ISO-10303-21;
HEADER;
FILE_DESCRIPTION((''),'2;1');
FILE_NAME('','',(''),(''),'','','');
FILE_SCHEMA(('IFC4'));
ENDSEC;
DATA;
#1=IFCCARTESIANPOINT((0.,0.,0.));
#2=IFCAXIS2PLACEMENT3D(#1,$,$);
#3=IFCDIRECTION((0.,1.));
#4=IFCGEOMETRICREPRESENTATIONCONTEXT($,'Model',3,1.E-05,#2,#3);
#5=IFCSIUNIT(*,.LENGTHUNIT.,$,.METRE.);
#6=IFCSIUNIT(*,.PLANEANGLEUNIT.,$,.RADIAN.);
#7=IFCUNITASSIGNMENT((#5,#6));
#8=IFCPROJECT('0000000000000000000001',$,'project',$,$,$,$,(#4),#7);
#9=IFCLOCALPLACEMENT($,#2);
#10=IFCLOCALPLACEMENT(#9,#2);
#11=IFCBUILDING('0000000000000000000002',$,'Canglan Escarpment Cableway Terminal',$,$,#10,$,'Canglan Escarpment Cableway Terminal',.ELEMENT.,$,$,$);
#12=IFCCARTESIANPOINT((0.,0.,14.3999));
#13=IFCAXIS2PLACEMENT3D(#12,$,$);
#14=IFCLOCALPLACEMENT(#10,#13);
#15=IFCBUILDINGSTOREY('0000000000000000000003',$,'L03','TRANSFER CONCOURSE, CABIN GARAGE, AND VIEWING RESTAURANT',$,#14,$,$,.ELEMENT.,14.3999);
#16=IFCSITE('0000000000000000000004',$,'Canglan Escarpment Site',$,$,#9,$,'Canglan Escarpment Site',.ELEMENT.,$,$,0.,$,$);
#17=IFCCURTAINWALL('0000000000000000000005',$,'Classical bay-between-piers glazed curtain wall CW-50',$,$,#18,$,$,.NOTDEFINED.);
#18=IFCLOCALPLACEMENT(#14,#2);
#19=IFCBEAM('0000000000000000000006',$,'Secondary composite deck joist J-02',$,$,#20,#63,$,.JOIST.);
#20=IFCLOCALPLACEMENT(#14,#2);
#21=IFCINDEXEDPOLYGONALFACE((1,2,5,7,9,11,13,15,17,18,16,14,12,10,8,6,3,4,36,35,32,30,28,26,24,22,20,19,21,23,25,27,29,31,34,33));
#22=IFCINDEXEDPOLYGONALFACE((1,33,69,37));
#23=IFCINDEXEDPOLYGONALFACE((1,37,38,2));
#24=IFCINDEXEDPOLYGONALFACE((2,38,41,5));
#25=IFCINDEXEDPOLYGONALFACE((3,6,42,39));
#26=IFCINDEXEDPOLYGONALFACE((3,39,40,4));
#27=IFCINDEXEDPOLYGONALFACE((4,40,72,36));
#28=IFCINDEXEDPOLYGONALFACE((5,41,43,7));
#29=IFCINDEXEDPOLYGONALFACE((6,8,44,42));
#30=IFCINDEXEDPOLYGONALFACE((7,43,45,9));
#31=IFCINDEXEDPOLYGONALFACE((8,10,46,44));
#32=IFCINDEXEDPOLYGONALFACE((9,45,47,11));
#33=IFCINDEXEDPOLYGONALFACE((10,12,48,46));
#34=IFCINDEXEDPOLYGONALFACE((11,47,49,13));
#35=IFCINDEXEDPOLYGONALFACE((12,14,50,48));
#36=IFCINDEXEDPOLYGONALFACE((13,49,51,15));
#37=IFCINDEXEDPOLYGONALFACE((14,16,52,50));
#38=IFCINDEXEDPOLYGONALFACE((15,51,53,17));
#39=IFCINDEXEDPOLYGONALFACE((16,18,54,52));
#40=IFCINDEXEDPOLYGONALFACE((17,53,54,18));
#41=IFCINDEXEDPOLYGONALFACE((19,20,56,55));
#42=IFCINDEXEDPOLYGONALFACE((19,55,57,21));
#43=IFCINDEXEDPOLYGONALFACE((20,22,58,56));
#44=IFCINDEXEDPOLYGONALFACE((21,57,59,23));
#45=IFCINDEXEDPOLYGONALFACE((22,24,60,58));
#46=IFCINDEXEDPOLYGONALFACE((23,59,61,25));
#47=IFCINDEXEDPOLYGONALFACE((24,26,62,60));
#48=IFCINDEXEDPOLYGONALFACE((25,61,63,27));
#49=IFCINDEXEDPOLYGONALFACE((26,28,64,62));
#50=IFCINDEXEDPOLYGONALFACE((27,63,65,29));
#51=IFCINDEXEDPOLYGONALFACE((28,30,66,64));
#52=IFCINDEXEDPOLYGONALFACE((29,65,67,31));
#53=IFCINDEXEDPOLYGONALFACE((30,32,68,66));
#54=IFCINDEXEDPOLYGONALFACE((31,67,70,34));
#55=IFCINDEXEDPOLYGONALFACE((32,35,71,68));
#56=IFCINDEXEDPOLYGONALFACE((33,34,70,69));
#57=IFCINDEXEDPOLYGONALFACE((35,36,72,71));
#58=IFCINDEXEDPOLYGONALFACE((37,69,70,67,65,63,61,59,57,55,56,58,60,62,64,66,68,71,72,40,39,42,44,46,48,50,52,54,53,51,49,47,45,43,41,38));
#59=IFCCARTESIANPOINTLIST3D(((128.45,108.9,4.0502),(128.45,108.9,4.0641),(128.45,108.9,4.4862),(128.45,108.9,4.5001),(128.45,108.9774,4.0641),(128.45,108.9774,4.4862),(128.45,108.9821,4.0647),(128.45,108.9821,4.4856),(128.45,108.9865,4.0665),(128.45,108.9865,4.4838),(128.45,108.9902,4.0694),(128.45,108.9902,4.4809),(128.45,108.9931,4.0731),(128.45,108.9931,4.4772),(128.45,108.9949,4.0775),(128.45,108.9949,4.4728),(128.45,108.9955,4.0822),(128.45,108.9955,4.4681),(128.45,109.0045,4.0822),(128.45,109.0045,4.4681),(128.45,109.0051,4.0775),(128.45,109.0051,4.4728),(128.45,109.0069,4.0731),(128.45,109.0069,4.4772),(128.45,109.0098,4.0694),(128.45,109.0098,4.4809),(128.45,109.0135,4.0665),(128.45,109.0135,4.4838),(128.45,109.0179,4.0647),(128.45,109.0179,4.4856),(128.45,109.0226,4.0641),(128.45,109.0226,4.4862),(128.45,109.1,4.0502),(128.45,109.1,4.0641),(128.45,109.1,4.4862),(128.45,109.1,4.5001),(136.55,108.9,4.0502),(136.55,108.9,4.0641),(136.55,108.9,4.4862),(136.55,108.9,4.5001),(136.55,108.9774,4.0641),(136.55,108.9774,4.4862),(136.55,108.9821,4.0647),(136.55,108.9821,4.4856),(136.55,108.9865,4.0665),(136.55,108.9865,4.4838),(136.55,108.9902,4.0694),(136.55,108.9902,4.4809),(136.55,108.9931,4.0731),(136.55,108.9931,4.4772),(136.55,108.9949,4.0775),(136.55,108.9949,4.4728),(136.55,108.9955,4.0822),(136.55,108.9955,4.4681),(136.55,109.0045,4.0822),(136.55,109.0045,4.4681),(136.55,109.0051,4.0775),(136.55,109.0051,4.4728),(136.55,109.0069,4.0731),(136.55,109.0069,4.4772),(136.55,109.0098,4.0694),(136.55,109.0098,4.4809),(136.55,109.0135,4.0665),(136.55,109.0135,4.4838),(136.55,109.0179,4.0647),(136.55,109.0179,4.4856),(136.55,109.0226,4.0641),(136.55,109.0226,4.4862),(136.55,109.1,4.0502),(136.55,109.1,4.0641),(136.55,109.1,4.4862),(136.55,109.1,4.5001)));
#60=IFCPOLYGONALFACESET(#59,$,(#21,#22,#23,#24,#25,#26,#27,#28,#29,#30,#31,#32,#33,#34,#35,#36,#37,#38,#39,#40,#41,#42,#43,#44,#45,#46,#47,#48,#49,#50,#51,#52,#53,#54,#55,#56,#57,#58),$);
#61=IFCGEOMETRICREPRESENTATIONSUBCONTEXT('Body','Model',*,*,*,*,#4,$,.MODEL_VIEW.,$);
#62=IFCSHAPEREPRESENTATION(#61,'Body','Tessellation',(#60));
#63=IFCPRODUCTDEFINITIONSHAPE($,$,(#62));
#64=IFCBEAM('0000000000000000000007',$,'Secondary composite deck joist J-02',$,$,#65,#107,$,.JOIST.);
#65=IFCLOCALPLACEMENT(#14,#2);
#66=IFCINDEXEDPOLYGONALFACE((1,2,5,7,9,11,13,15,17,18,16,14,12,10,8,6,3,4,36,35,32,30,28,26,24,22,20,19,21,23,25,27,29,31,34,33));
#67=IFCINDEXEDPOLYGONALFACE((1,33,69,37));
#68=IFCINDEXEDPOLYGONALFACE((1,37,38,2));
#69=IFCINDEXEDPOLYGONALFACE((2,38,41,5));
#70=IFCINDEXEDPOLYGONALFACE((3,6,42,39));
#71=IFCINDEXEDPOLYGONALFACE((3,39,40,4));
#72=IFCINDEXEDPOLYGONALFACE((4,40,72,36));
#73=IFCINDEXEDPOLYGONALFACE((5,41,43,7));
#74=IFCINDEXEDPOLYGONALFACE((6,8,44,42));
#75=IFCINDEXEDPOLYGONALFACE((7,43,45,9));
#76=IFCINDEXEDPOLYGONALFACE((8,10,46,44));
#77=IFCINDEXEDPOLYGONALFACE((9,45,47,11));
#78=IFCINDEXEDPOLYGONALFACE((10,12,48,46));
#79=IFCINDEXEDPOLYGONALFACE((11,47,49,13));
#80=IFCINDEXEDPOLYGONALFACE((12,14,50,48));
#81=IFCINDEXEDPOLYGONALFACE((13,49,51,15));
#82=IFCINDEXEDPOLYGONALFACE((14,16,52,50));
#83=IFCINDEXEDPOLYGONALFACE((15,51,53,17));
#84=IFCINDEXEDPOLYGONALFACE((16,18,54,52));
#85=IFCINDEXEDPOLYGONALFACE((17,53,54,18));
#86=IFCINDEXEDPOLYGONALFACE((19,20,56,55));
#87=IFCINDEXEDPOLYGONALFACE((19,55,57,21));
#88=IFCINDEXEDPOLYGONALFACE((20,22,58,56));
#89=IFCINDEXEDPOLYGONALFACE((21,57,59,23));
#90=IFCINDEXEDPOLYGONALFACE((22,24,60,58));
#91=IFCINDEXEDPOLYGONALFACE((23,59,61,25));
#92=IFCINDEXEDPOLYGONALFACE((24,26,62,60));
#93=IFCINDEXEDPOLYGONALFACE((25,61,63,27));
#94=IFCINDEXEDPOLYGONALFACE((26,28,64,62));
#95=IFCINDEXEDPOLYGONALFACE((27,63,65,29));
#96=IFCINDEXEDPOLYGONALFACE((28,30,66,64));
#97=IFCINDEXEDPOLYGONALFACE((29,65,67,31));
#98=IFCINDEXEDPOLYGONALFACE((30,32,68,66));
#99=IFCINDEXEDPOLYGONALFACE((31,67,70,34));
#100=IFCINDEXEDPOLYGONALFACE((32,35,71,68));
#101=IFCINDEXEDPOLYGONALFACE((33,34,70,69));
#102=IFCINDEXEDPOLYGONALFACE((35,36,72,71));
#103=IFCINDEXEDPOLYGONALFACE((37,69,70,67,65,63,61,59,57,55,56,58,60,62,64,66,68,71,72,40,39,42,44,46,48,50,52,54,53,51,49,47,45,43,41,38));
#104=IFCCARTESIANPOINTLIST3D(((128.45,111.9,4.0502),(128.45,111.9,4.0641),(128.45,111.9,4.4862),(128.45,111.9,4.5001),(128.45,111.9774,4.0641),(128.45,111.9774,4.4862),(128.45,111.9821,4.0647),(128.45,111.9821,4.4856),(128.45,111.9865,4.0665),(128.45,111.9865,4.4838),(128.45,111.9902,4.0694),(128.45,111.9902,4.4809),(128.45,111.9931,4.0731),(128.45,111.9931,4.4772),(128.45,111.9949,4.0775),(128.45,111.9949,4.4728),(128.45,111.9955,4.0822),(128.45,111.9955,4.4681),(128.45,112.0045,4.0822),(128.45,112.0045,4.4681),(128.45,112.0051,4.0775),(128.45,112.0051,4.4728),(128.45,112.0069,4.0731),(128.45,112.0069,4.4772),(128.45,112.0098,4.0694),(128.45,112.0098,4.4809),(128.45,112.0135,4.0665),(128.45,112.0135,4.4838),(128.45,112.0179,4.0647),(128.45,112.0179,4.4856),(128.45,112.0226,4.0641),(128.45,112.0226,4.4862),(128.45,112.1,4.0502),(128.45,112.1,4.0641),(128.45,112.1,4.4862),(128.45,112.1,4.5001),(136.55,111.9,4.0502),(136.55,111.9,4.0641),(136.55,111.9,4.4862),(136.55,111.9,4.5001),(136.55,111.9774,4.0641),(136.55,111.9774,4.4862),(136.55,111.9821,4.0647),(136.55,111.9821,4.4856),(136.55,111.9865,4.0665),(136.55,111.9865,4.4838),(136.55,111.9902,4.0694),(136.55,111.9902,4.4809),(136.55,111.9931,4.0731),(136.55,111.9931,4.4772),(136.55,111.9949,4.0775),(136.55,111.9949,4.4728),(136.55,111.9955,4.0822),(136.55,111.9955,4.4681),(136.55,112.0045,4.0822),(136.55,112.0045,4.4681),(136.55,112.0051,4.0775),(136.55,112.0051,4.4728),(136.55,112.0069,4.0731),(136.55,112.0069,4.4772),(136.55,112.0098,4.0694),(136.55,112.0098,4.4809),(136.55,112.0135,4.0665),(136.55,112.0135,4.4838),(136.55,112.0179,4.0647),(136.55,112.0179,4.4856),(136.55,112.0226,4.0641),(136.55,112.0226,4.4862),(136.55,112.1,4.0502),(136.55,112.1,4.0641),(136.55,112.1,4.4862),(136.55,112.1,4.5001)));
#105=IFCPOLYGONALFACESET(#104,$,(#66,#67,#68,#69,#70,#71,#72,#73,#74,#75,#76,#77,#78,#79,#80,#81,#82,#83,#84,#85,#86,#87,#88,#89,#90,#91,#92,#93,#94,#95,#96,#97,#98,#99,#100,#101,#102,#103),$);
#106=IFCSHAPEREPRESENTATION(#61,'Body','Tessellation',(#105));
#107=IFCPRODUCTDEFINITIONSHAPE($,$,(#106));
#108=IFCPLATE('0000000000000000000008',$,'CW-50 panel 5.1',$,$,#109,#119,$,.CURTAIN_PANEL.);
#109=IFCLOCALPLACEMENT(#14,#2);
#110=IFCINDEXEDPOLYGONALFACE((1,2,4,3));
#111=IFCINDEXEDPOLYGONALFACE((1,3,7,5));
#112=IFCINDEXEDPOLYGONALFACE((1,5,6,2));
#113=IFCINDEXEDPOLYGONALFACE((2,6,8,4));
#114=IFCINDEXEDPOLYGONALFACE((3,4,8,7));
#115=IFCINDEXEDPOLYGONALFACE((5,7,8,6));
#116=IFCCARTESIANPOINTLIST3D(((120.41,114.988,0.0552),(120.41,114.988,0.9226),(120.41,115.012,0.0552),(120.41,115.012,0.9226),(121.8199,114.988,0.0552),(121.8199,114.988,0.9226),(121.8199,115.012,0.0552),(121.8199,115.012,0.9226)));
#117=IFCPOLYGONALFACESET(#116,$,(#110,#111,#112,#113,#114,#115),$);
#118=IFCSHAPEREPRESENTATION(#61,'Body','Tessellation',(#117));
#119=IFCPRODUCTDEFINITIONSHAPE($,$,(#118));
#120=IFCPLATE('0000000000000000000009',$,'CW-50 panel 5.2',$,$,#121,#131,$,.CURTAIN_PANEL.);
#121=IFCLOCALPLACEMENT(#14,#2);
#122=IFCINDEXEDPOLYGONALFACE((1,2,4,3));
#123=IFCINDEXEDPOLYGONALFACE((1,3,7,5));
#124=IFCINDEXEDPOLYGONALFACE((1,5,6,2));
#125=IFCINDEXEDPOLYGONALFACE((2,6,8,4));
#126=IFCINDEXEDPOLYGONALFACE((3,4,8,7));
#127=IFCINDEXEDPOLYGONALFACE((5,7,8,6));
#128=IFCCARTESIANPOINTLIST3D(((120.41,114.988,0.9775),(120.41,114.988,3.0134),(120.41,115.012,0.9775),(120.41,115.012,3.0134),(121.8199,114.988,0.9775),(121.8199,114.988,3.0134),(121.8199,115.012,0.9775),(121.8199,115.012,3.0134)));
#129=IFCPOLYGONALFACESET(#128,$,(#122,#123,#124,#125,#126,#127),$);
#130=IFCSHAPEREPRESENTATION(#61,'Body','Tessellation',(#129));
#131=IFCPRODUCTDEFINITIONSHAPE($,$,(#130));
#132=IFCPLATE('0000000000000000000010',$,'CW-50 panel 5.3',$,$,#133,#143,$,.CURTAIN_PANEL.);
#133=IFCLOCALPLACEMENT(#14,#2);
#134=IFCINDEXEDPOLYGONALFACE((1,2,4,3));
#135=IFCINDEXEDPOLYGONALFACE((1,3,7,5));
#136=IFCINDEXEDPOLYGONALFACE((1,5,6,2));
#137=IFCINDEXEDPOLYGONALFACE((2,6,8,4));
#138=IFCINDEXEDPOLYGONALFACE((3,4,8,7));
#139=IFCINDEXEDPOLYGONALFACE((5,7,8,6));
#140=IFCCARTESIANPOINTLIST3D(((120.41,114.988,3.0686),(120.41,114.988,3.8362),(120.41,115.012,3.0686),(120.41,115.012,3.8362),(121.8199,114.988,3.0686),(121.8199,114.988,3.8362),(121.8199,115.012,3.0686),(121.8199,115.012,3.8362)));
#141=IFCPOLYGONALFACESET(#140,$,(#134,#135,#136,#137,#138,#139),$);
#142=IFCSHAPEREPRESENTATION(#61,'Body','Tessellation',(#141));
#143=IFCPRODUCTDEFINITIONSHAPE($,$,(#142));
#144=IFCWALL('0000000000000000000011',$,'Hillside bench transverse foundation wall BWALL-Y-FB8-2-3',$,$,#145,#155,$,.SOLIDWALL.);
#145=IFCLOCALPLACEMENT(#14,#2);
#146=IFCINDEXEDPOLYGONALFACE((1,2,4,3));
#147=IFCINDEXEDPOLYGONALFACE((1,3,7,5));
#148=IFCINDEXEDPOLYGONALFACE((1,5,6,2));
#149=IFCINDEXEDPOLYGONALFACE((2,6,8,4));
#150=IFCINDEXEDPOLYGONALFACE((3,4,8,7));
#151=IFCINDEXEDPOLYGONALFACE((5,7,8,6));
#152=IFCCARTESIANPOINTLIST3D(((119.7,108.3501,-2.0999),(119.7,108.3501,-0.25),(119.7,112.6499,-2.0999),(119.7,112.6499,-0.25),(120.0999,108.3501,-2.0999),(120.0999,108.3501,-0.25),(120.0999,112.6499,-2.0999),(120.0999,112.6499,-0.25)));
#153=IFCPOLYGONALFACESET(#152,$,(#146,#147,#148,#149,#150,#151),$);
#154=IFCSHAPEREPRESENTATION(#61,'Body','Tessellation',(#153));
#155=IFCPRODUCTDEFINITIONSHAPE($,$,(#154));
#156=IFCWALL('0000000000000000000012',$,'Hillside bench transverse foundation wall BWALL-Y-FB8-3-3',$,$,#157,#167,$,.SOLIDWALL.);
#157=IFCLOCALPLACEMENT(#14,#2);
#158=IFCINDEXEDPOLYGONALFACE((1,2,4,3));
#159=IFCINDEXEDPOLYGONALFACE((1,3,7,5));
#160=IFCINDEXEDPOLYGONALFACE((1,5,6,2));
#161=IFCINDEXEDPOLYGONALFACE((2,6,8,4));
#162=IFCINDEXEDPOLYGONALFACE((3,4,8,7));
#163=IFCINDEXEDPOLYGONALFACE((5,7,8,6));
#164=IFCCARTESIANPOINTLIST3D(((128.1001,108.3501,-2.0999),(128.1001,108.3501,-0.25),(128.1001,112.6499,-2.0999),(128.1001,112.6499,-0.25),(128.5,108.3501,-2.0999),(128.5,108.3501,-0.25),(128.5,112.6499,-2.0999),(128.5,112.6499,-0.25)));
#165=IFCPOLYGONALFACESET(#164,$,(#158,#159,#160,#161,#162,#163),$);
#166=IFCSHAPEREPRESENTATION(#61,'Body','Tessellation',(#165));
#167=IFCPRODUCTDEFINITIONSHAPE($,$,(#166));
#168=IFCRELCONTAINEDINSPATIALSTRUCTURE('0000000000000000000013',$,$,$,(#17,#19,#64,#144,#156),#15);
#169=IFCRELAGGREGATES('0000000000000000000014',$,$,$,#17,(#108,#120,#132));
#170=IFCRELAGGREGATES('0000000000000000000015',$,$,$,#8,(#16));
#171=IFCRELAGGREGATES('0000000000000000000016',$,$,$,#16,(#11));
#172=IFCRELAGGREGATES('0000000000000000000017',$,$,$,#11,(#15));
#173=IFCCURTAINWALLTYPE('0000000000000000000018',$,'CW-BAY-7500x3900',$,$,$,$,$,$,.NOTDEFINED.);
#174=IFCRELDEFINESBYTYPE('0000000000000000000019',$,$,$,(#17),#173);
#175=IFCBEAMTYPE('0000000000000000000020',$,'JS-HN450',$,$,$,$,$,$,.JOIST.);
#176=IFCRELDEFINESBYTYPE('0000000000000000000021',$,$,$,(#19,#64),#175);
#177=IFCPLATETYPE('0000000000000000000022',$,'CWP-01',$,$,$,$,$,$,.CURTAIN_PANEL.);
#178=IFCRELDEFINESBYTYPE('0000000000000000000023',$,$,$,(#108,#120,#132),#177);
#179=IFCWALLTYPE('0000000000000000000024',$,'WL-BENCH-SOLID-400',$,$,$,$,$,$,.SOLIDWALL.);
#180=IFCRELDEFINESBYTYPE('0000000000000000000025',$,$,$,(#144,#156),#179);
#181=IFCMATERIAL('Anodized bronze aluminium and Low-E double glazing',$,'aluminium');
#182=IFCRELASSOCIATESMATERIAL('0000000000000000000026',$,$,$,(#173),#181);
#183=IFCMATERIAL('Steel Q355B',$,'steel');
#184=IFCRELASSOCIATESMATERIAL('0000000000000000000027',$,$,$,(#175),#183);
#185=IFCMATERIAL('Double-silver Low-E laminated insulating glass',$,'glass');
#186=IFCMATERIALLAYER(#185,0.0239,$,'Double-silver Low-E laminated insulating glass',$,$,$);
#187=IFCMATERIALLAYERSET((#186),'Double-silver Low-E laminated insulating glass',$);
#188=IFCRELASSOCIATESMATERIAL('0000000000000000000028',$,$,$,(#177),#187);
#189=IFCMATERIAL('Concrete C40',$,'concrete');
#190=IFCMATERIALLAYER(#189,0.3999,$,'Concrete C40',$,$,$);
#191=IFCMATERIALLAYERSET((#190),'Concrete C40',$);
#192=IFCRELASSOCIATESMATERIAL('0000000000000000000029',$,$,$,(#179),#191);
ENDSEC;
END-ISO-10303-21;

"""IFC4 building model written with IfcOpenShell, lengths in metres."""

from ifc_helpers import new_model, si_unit, direction, frame, frame_2d, origin, origin_2d, place, context, subcontext, project, spatial, rectangle, i_section, extrude, material, layer, layer_set, material_profile, profile_set, type_object, element, aggregate, save


model = new_model("IFC4")

# Units and contexts
model_context = context("Model", 3, precision=1e-05, world=origin(), true_north=direction((0.0, 1.0)))
body_context = subcontext(model_context, "Body", "Model", "MODEL_VIEW")
ifc_project = project(units=[si_unit("LENGTHUNIT", "METRE"), si_unit("PLANEANGLEUNIT", "RADIAN")], contexts=[model_context])

# Site, building, storey
site_placement = place(None, origin())
site = spatial("IfcSite", under=ifc_project, at=site_placement, Name="Canglan Escarpment Site", LongName="Canglan Escarpment Site", CompositionType="ELEMENT", RefElevation=0.0)
building_placement = place(site_placement, origin())
building = spatial("IfcBuilding", under=site, at=building_placement, Name="Canglan Escarpment Cableway Terminal", LongName="Canglan Escarpment Cableway Terminal", CompositionType="ELEMENT")
storey_placement = place(building_placement, frame((0.0, 0.0, 14.3999)))
storey = spatial("IfcBuildingStorey", under=building, at=storey_placement, Name="L03", Description="TRANSFER CONCOURSE, CABIN GARAGE, AND VIEWING RESTAURANT", CompositionType="ELEMENT", Elevation=14.3999)

# Shared definitions
ifc_material_1 = material(Name="Concrete C40", Category="concrete")

# Shared definitions
ifc_material_2 = material(Name="Steel Q355B", Category="steel")

# Curtain wall
ifc_material_3 = material(Name="Anodized bronze aluminium and Low-E double glazing", Category="aluminium")
curtain_wall_type_1 = type_object("IfcCurtainWallType", Name="CW-BAY-7500x3900", PredefinedType="NOTDEFINED", material=ifc_material_3)
curtain_wall_1_placement = place(storey_placement, origin())
curtain_wall_1 = element("IfcCurtainWall", 1, at=curtain_wall_1_placement, inside=storey, type_object=curtain_wall_type_1, Name="Classical bay-between-piers glazed curtain wall CW-50", PredefinedType="NOTDEFINED")

# Beams
ifc_material_profile_1 = material_profile(ifc_material_2, i_section(OverallWidth=0.2, OverallDepth=0.45, WebThickness=0.009, FlangeThickness=0.0139, FilletRadius=0.0181, at=origin_2d()), Name="HN 450x200x9x14")
ifc_profile_set_1 = profile_set([ifc_material_profile_1], Name="Steel Q355B")
beam_type_1 = type_object("IfcBeamType", Name="JS-HN450", PredefinedType="JOIST", material=ifc_profile_set_1)
for number, where, z_axis, x_axis, name in (
    (2, (128.45, 109.0, 4.2751), (1.0, 0.0, 0.0), (0.0, 1.0, 0.0), "Secondary composite deck joist J-02"),
    (3, (128.45, 112.0, 4.2751), (1.0, 0.0, 0.0), (0.0, 1.0, 0.0), "Secondary composite deck joist J-02"),
):
    element("IfcBeam", number, at=place(storey_placement, frame(where, z_axis=z_axis, x_axis=x_axis)), inside=storey, type_object=beam_type_1, Name=name, PredefinedType="JOIST", context=body_context, shape_type="SweptSolid", body=[
        extrude(i_section(OverallWidth=0.2, OverallDepth=0.45, WebThickness=0.009, FlangeThickness=0.0139, FilletRadius=0.0181, at=origin_2d()), origin(), (0.0, 0.0, 1.0), 8.1001),
    ])

# Plates
ifc_material_4 = material(Name="Double-silver Low-E laminated insulating glass", Category="glass")
ifc_layer_1 = layer(ifc_material_4, 0.0239, Name="Double-silver Low-E laminated insulating glass")
ifc_layer_set_1 = layer_set([ifc_layer_1], Name="Double-silver Low-E laminated insulating glass")
plate_type = type_object("IfcPlateType", Name="CWP-01", PredefinedType="CURTAIN_PANEL", material=ifc_layer_set_1)
plate_1_placement = place(storey_placement, frame((121.115, 115.0, 0.0552), z_axis=(0.0, 0.0, 1.0), x_axis=(-1.0, 0.0, 0.0)))
plate_1 = element("IfcPlate", 4, at=plate_1_placement, type_object=plate_type, Name="CW-50 panel 5.1", PredefinedType="CURTAIN_PANEL", context=body_context, shape_type="SweptSolid", body=[
    extrude(rectangle(XDim=1.4099, YDim=0.0239, at=origin_2d()), origin(), (0.0, 0.0, 1.0), 0.8674),
])
plate_2_placement = place(storey_placement, frame((121.115, 115.0, 0.9775), z_axis=(0.0, 0.0, 1.0), x_axis=(-1.0, 0.0, 0.0)))
plate_2 = element("IfcPlate", 5, at=plate_2_placement, type_object=plate_type, Name="CW-50 panel 5.2", PredefinedType="CURTAIN_PANEL", context=body_context, shape_type="SweptSolid", body=[
    extrude(rectangle(XDim=1.4099, YDim=0.0239, at=origin_2d()), origin(), (0.0, 0.0, 1.0), 2.0359),
])
plate_3_placement = place(storey_placement, frame((121.115, 115.0, 3.0686), z_axis=(0.0, 0.0, 1.0), x_axis=(-1.0, 0.0, 0.0)))
plate_3 = element("IfcPlate", 6, at=plate_3_placement, type_object=plate_type, Name="CW-50 panel 5.3", PredefinedType="CURTAIN_PANEL", context=body_context, shape_type="SweptSolid", body=[
    extrude(rectangle(XDim=1.4099, YDim=0.0239, at=origin_2d()), origin(), (0.0, 0.0, 1.0), 0.7676),
])
aggregate(curtain_wall_1, [plate_1, plate_2, plate_3])

# Walls
ifc_layer_2 = layer(ifc_material_1, 0.3999, Name="Concrete C40")
ifc_layer_set_2 = layer_set([ifc_layer_2], Name="Concrete C40")
wall_type = type_object("IfcWallType", Name="WL-BENCH-SOLID-400", PredefinedType="SOLIDWALL", material=ifc_layer_set_2)
for number, where, z_axis, x_axis, name in (
    (7, (119.8999, 108.3501, -2.0999), (0.0, 0.0, 1.0), (0.0, 1.0, 0.0), "Hillside bench transverse foundation wall BWALL-Y-FB8-2-3"),
    (8, (128.3, 108.3501, -2.0999), (0.0, 0.0, 1.0), (0.0, 1.0, 0.0), "Hillside bench transverse foundation wall BWALL-Y-FB8-3-3"),
):
    element("IfcWall", number, at=place(storey_placement, frame(where, z_axis=z_axis, x_axis=x_axis)), inside=storey, type_object=wall_type, Name=name, PredefinedType="SOLIDWALL", context=body_context, shape_type="SweptSolid", body=[
        extrude(rectangle(XDim=4.2998, YDim=0.3999, at=frame_2d((2.1499, 0.0))), origin(), (0.0, 0.0, 1.0), 1.8499),
    ])

save(model, "model.ifc")
